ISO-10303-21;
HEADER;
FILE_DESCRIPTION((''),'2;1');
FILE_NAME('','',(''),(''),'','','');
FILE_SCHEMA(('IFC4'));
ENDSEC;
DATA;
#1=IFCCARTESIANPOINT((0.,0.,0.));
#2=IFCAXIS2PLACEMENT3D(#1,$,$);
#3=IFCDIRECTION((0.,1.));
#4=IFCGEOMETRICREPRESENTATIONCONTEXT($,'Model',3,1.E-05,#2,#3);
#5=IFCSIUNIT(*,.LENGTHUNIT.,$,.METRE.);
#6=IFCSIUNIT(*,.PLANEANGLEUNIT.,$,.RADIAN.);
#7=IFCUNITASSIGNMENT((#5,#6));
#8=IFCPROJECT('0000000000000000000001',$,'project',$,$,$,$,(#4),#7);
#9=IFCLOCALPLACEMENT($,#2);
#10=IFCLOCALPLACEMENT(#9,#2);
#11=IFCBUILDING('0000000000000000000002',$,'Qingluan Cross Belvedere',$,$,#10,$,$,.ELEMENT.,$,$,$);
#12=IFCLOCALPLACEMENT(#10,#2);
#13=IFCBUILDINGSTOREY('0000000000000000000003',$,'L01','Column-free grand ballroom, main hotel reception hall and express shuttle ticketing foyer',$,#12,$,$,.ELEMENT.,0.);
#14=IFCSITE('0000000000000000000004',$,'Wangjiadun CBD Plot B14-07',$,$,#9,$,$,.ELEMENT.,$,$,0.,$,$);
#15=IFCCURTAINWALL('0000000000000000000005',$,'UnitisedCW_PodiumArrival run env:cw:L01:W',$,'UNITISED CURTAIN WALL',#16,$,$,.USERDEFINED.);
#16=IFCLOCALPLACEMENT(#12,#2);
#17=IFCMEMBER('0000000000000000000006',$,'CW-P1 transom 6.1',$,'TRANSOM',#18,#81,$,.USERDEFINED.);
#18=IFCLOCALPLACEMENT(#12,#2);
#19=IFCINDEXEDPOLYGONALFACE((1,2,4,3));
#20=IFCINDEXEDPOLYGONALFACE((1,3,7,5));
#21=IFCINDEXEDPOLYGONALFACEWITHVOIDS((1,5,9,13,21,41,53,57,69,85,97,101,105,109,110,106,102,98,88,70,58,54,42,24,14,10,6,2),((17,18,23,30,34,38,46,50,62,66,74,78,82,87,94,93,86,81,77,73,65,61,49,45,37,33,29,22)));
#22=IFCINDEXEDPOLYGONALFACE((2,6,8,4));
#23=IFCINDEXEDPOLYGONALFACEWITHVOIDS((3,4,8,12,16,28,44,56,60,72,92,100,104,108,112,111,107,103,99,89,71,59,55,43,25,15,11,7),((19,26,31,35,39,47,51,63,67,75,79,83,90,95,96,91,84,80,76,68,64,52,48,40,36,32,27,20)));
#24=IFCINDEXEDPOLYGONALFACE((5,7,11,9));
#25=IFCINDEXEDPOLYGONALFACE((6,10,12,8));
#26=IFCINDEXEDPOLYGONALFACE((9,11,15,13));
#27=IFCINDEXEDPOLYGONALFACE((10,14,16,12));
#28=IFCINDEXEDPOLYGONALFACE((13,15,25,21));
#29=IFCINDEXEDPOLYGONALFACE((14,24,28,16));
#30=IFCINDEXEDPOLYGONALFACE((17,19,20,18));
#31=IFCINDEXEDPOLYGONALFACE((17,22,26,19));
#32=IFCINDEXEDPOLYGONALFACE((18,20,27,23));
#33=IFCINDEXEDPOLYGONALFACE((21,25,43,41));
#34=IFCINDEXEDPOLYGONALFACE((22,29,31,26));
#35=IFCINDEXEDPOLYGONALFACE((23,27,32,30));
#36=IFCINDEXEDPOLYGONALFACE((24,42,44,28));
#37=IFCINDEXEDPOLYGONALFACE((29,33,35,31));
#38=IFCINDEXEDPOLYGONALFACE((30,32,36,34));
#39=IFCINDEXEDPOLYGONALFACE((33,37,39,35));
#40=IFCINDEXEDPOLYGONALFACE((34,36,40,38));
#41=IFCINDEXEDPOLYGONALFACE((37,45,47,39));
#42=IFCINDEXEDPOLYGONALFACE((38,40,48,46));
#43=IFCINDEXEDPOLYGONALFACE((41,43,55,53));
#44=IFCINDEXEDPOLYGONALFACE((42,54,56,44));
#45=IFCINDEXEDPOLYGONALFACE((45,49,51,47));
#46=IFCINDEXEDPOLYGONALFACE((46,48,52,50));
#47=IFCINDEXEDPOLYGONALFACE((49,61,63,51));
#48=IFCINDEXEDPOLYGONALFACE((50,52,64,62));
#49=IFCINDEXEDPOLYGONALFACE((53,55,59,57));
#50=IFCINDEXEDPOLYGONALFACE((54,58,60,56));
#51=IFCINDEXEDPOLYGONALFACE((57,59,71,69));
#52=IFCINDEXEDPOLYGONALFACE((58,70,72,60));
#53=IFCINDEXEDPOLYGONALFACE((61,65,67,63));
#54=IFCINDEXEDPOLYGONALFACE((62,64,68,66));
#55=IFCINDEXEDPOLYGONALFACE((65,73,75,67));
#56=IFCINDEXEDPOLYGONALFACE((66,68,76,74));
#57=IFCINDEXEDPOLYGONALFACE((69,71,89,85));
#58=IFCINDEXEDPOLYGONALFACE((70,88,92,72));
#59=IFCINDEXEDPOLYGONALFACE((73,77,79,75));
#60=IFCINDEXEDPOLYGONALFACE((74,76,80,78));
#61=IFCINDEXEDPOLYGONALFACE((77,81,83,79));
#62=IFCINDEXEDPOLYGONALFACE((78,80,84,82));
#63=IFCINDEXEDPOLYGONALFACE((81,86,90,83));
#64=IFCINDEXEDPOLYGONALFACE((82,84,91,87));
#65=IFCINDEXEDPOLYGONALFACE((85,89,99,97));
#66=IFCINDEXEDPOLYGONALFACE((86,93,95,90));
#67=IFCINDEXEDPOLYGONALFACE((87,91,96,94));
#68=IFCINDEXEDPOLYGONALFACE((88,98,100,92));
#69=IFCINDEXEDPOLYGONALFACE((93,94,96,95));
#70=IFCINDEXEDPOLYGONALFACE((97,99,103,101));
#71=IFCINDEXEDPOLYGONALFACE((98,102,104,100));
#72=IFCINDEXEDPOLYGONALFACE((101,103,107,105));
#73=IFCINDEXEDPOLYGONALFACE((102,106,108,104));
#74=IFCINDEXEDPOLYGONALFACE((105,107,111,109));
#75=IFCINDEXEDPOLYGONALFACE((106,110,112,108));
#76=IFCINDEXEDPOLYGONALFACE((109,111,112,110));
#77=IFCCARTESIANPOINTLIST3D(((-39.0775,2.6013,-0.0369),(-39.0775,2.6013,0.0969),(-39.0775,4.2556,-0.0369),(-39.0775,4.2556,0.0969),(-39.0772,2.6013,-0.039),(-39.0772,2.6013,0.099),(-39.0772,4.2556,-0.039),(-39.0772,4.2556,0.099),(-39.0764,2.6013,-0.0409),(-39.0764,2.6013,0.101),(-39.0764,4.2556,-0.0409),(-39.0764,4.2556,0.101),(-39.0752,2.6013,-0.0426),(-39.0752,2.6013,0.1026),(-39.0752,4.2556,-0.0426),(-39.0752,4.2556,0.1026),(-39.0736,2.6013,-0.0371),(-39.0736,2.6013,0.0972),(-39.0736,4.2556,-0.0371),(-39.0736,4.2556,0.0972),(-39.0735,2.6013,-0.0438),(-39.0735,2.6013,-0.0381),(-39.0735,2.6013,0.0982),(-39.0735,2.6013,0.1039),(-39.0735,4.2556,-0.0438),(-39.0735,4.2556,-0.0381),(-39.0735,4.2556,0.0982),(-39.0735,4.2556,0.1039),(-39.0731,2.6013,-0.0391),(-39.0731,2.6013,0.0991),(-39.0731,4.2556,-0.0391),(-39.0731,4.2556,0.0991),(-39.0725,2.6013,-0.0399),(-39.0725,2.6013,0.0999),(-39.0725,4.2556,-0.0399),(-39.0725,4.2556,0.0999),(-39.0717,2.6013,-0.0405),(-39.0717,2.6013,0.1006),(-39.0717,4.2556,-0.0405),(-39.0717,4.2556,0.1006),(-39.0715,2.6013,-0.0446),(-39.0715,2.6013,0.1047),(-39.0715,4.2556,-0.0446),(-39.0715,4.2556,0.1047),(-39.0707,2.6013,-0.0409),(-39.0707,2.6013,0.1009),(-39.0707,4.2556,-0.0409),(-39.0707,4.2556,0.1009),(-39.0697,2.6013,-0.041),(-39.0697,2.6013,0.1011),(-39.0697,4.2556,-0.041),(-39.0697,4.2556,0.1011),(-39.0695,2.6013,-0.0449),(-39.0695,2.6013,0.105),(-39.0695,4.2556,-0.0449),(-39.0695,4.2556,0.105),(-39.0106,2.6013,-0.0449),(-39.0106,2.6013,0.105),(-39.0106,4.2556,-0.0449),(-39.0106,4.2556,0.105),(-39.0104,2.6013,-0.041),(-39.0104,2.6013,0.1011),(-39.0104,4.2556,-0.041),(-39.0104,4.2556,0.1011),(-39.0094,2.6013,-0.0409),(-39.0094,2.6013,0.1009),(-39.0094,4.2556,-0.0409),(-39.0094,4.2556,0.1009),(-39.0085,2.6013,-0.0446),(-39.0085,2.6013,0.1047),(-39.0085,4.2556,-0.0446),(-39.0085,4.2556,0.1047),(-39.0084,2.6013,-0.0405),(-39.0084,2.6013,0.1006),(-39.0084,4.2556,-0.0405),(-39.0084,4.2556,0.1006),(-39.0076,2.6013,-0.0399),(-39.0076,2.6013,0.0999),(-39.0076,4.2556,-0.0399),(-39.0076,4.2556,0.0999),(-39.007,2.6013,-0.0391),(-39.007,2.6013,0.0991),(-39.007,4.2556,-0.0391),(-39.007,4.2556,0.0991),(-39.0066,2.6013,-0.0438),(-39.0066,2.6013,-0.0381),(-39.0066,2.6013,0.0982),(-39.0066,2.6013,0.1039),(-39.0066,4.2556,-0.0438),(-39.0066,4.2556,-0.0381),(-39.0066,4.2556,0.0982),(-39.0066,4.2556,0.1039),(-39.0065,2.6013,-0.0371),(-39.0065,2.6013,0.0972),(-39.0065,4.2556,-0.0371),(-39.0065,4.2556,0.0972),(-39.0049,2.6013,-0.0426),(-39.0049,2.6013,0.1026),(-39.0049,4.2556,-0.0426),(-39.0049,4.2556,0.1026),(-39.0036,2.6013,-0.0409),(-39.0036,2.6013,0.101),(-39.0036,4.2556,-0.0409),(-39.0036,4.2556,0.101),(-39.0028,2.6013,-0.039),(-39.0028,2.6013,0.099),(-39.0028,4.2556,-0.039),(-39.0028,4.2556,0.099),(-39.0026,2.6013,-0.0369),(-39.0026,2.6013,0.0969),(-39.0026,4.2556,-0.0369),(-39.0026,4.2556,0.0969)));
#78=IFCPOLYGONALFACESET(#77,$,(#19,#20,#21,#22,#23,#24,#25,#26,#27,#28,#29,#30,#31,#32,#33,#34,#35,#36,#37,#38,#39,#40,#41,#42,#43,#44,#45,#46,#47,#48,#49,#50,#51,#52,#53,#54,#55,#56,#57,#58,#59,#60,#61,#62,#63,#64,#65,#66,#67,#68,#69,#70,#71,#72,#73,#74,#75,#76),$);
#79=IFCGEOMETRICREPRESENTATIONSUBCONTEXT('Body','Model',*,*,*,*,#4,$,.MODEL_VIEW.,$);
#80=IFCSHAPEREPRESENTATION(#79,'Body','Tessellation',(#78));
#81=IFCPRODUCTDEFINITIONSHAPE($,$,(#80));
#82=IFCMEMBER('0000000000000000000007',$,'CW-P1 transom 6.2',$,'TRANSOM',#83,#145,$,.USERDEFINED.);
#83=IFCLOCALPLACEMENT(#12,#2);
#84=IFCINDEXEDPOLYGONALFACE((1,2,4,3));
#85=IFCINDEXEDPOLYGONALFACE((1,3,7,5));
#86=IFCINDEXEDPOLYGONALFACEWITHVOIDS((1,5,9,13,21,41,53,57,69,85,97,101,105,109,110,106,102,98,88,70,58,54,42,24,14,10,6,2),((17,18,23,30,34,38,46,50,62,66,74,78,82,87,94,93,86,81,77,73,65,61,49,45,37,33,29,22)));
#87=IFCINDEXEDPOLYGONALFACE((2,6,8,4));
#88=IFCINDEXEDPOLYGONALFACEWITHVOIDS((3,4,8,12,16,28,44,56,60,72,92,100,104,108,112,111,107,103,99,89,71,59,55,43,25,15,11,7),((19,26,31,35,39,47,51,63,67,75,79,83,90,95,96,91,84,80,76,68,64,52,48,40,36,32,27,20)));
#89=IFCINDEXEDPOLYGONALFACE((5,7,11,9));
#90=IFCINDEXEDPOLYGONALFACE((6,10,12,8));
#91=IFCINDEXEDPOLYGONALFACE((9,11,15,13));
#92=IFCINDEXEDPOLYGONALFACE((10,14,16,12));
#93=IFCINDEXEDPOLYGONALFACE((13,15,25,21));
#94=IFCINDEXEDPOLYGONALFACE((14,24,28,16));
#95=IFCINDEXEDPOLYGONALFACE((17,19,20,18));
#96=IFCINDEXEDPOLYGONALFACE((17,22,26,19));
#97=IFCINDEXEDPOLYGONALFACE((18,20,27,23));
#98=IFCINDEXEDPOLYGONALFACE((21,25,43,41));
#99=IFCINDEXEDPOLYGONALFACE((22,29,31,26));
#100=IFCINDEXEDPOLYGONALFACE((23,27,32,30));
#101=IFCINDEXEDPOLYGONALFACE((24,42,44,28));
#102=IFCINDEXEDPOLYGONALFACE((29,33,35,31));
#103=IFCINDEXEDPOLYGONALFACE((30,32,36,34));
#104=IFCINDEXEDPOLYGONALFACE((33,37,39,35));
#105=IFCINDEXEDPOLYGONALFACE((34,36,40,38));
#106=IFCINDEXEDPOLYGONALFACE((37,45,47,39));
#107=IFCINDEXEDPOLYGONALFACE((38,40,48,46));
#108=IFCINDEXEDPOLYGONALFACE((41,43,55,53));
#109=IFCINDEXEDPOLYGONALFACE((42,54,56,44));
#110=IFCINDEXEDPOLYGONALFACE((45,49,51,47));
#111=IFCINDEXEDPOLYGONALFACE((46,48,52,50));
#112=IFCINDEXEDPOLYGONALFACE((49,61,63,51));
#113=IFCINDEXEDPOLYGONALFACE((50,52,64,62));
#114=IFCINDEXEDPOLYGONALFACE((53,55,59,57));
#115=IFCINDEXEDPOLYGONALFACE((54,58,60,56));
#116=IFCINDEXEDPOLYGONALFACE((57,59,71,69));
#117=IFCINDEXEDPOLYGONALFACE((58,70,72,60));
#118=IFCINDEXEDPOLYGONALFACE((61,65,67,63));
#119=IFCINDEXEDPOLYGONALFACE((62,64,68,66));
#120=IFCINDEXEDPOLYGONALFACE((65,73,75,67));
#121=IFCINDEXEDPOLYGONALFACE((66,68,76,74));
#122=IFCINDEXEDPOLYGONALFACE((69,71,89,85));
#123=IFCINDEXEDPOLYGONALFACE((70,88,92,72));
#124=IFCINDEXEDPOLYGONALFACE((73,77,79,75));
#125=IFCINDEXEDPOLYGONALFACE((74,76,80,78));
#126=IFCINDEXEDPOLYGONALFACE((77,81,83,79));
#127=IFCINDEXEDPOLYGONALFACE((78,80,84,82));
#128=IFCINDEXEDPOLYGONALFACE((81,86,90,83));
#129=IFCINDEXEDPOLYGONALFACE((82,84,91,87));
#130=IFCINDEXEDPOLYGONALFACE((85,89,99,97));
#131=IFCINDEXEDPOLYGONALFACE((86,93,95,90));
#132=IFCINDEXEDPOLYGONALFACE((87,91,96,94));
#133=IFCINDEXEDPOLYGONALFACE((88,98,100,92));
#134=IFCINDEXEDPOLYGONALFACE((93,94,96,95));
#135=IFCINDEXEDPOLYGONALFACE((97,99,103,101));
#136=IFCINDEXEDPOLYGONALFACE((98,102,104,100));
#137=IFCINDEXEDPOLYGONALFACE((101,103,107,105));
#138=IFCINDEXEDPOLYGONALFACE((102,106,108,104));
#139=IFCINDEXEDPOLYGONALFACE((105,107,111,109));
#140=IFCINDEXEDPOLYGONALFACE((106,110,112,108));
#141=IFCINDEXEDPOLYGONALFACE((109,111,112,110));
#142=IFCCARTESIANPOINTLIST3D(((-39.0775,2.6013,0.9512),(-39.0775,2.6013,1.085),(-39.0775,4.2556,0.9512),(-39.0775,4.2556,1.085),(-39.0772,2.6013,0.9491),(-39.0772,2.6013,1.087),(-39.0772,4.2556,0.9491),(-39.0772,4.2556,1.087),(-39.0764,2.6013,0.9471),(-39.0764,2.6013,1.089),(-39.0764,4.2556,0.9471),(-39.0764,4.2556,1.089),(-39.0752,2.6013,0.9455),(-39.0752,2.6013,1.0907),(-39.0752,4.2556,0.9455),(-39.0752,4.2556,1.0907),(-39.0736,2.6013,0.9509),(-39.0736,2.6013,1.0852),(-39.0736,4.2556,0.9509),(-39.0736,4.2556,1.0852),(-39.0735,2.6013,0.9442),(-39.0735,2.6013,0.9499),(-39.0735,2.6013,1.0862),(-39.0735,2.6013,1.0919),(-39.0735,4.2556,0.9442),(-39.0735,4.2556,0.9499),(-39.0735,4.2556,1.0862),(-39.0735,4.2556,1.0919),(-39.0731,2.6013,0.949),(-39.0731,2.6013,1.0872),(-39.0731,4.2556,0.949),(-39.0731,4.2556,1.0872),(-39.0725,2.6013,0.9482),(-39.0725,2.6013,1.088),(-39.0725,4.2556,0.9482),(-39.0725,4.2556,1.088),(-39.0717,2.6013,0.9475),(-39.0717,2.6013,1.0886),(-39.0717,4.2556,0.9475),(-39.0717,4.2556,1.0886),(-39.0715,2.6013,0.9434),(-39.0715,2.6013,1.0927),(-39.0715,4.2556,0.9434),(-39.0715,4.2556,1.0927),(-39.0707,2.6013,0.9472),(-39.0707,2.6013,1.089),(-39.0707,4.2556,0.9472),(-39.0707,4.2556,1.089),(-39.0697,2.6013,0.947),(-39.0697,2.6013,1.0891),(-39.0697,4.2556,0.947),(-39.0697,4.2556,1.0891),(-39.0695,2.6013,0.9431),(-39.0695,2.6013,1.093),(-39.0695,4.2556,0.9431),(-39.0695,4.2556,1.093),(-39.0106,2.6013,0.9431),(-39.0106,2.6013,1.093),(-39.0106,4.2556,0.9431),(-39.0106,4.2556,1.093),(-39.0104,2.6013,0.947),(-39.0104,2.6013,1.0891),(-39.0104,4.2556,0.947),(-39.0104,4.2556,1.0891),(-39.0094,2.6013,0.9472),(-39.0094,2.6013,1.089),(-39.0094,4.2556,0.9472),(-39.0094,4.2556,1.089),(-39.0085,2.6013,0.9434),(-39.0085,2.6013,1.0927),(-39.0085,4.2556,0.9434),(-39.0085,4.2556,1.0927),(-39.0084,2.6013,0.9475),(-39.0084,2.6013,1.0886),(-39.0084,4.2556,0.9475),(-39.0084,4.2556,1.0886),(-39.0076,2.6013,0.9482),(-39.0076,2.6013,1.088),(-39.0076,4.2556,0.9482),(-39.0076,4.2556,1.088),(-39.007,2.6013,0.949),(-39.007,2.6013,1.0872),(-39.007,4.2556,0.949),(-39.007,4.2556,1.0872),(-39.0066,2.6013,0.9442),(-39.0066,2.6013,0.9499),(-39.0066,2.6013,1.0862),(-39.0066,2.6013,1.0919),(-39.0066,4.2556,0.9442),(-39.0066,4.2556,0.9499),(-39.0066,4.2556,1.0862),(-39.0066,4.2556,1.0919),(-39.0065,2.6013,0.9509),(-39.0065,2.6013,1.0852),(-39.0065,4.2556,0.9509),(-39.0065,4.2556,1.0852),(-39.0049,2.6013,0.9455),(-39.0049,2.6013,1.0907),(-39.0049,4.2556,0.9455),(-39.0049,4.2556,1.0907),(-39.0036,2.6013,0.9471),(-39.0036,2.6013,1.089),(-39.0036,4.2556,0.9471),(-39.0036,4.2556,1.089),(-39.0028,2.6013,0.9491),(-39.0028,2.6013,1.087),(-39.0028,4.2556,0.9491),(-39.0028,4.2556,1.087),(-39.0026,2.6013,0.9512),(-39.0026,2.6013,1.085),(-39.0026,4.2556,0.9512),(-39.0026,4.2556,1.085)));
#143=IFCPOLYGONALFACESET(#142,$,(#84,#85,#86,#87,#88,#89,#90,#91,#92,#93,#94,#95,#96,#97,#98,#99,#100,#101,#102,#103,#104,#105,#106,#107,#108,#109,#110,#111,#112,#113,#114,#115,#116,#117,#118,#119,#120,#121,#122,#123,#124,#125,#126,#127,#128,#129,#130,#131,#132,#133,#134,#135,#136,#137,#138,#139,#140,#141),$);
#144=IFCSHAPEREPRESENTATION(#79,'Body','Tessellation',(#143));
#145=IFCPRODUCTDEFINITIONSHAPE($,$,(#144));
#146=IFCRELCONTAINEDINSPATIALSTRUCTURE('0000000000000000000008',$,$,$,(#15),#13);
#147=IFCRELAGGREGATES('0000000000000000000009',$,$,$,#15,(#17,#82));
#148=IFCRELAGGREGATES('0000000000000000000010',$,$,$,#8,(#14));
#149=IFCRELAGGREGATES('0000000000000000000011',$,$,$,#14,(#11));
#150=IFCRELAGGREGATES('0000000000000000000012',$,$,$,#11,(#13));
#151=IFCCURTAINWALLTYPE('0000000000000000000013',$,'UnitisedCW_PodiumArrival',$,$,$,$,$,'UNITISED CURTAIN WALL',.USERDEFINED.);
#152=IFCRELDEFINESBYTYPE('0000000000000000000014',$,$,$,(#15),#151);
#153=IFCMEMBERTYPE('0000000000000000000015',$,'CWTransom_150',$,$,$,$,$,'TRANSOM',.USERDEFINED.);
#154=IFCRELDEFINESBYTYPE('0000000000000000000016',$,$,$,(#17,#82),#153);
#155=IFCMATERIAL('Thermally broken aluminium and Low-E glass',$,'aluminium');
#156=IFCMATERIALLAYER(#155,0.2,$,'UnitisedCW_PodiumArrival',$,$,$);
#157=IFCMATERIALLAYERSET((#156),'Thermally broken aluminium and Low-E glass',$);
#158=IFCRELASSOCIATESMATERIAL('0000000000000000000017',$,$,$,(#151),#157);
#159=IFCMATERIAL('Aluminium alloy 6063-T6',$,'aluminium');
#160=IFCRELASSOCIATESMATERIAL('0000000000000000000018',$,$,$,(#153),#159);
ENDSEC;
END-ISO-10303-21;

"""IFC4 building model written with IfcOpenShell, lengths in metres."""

from ifc_helpers import new_model, si_unit, direction, frame, origin, origin_2d, place, context, subcontext, project, spatial, hollow_rectangle, extrude, material, layer, layer_set, material_profile, profile_set, type_object, element, aggregate, save


model = new_model("IFC4")

# Units and contexts
model_context = context("Model", 3, precision=1e-05, world=origin(), true_north=direction((0.0, 1.0)))
body_context = subcontext(model_context, "Body", "Model", "MODEL_VIEW")
ifc_project = project(units=[si_unit("LENGTHUNIT", "METRE"), si_unit("PLANEANGLEUNIT", "RADIAN")], contexts=[model_context])

# Site, building, storey
site_placement = place(None, origin())
site = spatial("IfcSite", under=ifc_project, at=site_placement, Name="Wangjiadun CBD Plot B14-07", CompositionType="ELEMENT", RefElevation=0.0)
building_placement = place(site_placement, origin())
building = spatial("IfcBuilding", under=site, at=building_placement, Name="Qingluan Cross Belvedere", CompositionType="ELEMENT")
storey_placement = place(building_placement, origin())
storey = spatial("IfcBuildingStorey", under=building, at=storey_placement, Name="L01", Description="Column-free grand ballroom, main hotel reception hall and express shuttle ticketing foyer", CompositionType="ELEMENT", Elevation=0.0)

# Curtain wall, members
ifc_material_1 = material(Name="Thermally broken aluminium and Low-E glass", Category="aluminium")
ifc_layer_1 = layer(ifc_material_1, 0.2, Name="UnitisedCW_PodiumArrival")
ifc_layer_set_1 = layer_set([ifc_layer_1], Name="Thermally broken aluminium and Low-E glass")
curtain_wall_type = type_object("IfcCurtainWallType", Name="UnitisedCW_PodiumArrival", ElementType="UNITISED CURTAIN WALL", PredefinedType="USERDEFINED", material=ifc_layer_set_1)
curtain_wall_placement = place(storey_placement, origin())
curtain_wall = element("IfcCurtainWall", 1, at=curtain_wall_placement, inside=storey, type_object=curtain_wall_type, Name="UnitisedCW_PodiumArrival run env:cw:L01:W", ObjectType="UNITISED CURTAIN WALL", PredefinedType="USERDEFINED")
ifc_material_2 = material(Name="Aluminium alloy 6063-T6", Category="aluminium")
ifc_material_profile_1 = material_profile(ifc_material_2, hollow_rectangle(XDim=0.075, YDim=0.1499, WallThickness=0.0039, InnerFilletRadius=0.0039, OuterFilletRadius=0.0081, at=origin_2d()), Name="CWT150x75x4")
ifc_profile_set_1 = profile_set([ifc_material_profile_1], Name="Aluminium alloy 6063-T6")
member_type_1 = type_object("IfcMemberType", Name="CWTransom_150", ElementType="TRANSOM", PredefinedType="USERDEFINED", material=ifc_profile_set_1)
member_1_placement = place(storey_placement, frame((-39.04, 2.6013, 0.03), z_axis=(0.0, 1.0, 0.0), x_axis=(-1.0, 0.0, 0.0)))
member_1 = element("IfcMember", 2, at=member_1_placement, type_object=member_type_1, Name="CW-P1 transom 6.1", ObjectType="TRANSOM", PredefinedType="USERDEFINED", context=body_context, shape_type="SweptSolid", body=[
    extrude(hollow_rectangle(XDim=0.075, YDim=0.1499, WallThickness=0.0039, InnerFilletRadius=0.0039, OuterFilletRadius=0.0081, at=origin_2d()), origin(), (0.0, 0.0, 1.0), 1.6543),
])
member_2_placement = place(storey_placement, frame((-39.04, 2.6013, 1.0181), z_axis=(0.0, 1.0, 0.0), x_axis=(-1.0, 0.0, 0.0)))
member_2 = element("IfcMember", 3, at=member_2_placement, type_object=member_type_1, Name="CW-P1 transom 6.2", ObjectType="TRANSOM", PredefinedType="USERDEFINED", context=body_context, shape_type="SweptSolid", body=[
    extrude(hollow_rectangle(XDim=0.075, YDim=0.1499, WallThickness=0.0039, InnerFilletRadius=0.0039, OuterFilletRadius=0.0081, at=origin_2d()), origin(), (0.0, 0.0, 1.0), 1.6543),
])

aggregate(curtain_wall, [member_1, member_2])

save(model, "model.ifc")
